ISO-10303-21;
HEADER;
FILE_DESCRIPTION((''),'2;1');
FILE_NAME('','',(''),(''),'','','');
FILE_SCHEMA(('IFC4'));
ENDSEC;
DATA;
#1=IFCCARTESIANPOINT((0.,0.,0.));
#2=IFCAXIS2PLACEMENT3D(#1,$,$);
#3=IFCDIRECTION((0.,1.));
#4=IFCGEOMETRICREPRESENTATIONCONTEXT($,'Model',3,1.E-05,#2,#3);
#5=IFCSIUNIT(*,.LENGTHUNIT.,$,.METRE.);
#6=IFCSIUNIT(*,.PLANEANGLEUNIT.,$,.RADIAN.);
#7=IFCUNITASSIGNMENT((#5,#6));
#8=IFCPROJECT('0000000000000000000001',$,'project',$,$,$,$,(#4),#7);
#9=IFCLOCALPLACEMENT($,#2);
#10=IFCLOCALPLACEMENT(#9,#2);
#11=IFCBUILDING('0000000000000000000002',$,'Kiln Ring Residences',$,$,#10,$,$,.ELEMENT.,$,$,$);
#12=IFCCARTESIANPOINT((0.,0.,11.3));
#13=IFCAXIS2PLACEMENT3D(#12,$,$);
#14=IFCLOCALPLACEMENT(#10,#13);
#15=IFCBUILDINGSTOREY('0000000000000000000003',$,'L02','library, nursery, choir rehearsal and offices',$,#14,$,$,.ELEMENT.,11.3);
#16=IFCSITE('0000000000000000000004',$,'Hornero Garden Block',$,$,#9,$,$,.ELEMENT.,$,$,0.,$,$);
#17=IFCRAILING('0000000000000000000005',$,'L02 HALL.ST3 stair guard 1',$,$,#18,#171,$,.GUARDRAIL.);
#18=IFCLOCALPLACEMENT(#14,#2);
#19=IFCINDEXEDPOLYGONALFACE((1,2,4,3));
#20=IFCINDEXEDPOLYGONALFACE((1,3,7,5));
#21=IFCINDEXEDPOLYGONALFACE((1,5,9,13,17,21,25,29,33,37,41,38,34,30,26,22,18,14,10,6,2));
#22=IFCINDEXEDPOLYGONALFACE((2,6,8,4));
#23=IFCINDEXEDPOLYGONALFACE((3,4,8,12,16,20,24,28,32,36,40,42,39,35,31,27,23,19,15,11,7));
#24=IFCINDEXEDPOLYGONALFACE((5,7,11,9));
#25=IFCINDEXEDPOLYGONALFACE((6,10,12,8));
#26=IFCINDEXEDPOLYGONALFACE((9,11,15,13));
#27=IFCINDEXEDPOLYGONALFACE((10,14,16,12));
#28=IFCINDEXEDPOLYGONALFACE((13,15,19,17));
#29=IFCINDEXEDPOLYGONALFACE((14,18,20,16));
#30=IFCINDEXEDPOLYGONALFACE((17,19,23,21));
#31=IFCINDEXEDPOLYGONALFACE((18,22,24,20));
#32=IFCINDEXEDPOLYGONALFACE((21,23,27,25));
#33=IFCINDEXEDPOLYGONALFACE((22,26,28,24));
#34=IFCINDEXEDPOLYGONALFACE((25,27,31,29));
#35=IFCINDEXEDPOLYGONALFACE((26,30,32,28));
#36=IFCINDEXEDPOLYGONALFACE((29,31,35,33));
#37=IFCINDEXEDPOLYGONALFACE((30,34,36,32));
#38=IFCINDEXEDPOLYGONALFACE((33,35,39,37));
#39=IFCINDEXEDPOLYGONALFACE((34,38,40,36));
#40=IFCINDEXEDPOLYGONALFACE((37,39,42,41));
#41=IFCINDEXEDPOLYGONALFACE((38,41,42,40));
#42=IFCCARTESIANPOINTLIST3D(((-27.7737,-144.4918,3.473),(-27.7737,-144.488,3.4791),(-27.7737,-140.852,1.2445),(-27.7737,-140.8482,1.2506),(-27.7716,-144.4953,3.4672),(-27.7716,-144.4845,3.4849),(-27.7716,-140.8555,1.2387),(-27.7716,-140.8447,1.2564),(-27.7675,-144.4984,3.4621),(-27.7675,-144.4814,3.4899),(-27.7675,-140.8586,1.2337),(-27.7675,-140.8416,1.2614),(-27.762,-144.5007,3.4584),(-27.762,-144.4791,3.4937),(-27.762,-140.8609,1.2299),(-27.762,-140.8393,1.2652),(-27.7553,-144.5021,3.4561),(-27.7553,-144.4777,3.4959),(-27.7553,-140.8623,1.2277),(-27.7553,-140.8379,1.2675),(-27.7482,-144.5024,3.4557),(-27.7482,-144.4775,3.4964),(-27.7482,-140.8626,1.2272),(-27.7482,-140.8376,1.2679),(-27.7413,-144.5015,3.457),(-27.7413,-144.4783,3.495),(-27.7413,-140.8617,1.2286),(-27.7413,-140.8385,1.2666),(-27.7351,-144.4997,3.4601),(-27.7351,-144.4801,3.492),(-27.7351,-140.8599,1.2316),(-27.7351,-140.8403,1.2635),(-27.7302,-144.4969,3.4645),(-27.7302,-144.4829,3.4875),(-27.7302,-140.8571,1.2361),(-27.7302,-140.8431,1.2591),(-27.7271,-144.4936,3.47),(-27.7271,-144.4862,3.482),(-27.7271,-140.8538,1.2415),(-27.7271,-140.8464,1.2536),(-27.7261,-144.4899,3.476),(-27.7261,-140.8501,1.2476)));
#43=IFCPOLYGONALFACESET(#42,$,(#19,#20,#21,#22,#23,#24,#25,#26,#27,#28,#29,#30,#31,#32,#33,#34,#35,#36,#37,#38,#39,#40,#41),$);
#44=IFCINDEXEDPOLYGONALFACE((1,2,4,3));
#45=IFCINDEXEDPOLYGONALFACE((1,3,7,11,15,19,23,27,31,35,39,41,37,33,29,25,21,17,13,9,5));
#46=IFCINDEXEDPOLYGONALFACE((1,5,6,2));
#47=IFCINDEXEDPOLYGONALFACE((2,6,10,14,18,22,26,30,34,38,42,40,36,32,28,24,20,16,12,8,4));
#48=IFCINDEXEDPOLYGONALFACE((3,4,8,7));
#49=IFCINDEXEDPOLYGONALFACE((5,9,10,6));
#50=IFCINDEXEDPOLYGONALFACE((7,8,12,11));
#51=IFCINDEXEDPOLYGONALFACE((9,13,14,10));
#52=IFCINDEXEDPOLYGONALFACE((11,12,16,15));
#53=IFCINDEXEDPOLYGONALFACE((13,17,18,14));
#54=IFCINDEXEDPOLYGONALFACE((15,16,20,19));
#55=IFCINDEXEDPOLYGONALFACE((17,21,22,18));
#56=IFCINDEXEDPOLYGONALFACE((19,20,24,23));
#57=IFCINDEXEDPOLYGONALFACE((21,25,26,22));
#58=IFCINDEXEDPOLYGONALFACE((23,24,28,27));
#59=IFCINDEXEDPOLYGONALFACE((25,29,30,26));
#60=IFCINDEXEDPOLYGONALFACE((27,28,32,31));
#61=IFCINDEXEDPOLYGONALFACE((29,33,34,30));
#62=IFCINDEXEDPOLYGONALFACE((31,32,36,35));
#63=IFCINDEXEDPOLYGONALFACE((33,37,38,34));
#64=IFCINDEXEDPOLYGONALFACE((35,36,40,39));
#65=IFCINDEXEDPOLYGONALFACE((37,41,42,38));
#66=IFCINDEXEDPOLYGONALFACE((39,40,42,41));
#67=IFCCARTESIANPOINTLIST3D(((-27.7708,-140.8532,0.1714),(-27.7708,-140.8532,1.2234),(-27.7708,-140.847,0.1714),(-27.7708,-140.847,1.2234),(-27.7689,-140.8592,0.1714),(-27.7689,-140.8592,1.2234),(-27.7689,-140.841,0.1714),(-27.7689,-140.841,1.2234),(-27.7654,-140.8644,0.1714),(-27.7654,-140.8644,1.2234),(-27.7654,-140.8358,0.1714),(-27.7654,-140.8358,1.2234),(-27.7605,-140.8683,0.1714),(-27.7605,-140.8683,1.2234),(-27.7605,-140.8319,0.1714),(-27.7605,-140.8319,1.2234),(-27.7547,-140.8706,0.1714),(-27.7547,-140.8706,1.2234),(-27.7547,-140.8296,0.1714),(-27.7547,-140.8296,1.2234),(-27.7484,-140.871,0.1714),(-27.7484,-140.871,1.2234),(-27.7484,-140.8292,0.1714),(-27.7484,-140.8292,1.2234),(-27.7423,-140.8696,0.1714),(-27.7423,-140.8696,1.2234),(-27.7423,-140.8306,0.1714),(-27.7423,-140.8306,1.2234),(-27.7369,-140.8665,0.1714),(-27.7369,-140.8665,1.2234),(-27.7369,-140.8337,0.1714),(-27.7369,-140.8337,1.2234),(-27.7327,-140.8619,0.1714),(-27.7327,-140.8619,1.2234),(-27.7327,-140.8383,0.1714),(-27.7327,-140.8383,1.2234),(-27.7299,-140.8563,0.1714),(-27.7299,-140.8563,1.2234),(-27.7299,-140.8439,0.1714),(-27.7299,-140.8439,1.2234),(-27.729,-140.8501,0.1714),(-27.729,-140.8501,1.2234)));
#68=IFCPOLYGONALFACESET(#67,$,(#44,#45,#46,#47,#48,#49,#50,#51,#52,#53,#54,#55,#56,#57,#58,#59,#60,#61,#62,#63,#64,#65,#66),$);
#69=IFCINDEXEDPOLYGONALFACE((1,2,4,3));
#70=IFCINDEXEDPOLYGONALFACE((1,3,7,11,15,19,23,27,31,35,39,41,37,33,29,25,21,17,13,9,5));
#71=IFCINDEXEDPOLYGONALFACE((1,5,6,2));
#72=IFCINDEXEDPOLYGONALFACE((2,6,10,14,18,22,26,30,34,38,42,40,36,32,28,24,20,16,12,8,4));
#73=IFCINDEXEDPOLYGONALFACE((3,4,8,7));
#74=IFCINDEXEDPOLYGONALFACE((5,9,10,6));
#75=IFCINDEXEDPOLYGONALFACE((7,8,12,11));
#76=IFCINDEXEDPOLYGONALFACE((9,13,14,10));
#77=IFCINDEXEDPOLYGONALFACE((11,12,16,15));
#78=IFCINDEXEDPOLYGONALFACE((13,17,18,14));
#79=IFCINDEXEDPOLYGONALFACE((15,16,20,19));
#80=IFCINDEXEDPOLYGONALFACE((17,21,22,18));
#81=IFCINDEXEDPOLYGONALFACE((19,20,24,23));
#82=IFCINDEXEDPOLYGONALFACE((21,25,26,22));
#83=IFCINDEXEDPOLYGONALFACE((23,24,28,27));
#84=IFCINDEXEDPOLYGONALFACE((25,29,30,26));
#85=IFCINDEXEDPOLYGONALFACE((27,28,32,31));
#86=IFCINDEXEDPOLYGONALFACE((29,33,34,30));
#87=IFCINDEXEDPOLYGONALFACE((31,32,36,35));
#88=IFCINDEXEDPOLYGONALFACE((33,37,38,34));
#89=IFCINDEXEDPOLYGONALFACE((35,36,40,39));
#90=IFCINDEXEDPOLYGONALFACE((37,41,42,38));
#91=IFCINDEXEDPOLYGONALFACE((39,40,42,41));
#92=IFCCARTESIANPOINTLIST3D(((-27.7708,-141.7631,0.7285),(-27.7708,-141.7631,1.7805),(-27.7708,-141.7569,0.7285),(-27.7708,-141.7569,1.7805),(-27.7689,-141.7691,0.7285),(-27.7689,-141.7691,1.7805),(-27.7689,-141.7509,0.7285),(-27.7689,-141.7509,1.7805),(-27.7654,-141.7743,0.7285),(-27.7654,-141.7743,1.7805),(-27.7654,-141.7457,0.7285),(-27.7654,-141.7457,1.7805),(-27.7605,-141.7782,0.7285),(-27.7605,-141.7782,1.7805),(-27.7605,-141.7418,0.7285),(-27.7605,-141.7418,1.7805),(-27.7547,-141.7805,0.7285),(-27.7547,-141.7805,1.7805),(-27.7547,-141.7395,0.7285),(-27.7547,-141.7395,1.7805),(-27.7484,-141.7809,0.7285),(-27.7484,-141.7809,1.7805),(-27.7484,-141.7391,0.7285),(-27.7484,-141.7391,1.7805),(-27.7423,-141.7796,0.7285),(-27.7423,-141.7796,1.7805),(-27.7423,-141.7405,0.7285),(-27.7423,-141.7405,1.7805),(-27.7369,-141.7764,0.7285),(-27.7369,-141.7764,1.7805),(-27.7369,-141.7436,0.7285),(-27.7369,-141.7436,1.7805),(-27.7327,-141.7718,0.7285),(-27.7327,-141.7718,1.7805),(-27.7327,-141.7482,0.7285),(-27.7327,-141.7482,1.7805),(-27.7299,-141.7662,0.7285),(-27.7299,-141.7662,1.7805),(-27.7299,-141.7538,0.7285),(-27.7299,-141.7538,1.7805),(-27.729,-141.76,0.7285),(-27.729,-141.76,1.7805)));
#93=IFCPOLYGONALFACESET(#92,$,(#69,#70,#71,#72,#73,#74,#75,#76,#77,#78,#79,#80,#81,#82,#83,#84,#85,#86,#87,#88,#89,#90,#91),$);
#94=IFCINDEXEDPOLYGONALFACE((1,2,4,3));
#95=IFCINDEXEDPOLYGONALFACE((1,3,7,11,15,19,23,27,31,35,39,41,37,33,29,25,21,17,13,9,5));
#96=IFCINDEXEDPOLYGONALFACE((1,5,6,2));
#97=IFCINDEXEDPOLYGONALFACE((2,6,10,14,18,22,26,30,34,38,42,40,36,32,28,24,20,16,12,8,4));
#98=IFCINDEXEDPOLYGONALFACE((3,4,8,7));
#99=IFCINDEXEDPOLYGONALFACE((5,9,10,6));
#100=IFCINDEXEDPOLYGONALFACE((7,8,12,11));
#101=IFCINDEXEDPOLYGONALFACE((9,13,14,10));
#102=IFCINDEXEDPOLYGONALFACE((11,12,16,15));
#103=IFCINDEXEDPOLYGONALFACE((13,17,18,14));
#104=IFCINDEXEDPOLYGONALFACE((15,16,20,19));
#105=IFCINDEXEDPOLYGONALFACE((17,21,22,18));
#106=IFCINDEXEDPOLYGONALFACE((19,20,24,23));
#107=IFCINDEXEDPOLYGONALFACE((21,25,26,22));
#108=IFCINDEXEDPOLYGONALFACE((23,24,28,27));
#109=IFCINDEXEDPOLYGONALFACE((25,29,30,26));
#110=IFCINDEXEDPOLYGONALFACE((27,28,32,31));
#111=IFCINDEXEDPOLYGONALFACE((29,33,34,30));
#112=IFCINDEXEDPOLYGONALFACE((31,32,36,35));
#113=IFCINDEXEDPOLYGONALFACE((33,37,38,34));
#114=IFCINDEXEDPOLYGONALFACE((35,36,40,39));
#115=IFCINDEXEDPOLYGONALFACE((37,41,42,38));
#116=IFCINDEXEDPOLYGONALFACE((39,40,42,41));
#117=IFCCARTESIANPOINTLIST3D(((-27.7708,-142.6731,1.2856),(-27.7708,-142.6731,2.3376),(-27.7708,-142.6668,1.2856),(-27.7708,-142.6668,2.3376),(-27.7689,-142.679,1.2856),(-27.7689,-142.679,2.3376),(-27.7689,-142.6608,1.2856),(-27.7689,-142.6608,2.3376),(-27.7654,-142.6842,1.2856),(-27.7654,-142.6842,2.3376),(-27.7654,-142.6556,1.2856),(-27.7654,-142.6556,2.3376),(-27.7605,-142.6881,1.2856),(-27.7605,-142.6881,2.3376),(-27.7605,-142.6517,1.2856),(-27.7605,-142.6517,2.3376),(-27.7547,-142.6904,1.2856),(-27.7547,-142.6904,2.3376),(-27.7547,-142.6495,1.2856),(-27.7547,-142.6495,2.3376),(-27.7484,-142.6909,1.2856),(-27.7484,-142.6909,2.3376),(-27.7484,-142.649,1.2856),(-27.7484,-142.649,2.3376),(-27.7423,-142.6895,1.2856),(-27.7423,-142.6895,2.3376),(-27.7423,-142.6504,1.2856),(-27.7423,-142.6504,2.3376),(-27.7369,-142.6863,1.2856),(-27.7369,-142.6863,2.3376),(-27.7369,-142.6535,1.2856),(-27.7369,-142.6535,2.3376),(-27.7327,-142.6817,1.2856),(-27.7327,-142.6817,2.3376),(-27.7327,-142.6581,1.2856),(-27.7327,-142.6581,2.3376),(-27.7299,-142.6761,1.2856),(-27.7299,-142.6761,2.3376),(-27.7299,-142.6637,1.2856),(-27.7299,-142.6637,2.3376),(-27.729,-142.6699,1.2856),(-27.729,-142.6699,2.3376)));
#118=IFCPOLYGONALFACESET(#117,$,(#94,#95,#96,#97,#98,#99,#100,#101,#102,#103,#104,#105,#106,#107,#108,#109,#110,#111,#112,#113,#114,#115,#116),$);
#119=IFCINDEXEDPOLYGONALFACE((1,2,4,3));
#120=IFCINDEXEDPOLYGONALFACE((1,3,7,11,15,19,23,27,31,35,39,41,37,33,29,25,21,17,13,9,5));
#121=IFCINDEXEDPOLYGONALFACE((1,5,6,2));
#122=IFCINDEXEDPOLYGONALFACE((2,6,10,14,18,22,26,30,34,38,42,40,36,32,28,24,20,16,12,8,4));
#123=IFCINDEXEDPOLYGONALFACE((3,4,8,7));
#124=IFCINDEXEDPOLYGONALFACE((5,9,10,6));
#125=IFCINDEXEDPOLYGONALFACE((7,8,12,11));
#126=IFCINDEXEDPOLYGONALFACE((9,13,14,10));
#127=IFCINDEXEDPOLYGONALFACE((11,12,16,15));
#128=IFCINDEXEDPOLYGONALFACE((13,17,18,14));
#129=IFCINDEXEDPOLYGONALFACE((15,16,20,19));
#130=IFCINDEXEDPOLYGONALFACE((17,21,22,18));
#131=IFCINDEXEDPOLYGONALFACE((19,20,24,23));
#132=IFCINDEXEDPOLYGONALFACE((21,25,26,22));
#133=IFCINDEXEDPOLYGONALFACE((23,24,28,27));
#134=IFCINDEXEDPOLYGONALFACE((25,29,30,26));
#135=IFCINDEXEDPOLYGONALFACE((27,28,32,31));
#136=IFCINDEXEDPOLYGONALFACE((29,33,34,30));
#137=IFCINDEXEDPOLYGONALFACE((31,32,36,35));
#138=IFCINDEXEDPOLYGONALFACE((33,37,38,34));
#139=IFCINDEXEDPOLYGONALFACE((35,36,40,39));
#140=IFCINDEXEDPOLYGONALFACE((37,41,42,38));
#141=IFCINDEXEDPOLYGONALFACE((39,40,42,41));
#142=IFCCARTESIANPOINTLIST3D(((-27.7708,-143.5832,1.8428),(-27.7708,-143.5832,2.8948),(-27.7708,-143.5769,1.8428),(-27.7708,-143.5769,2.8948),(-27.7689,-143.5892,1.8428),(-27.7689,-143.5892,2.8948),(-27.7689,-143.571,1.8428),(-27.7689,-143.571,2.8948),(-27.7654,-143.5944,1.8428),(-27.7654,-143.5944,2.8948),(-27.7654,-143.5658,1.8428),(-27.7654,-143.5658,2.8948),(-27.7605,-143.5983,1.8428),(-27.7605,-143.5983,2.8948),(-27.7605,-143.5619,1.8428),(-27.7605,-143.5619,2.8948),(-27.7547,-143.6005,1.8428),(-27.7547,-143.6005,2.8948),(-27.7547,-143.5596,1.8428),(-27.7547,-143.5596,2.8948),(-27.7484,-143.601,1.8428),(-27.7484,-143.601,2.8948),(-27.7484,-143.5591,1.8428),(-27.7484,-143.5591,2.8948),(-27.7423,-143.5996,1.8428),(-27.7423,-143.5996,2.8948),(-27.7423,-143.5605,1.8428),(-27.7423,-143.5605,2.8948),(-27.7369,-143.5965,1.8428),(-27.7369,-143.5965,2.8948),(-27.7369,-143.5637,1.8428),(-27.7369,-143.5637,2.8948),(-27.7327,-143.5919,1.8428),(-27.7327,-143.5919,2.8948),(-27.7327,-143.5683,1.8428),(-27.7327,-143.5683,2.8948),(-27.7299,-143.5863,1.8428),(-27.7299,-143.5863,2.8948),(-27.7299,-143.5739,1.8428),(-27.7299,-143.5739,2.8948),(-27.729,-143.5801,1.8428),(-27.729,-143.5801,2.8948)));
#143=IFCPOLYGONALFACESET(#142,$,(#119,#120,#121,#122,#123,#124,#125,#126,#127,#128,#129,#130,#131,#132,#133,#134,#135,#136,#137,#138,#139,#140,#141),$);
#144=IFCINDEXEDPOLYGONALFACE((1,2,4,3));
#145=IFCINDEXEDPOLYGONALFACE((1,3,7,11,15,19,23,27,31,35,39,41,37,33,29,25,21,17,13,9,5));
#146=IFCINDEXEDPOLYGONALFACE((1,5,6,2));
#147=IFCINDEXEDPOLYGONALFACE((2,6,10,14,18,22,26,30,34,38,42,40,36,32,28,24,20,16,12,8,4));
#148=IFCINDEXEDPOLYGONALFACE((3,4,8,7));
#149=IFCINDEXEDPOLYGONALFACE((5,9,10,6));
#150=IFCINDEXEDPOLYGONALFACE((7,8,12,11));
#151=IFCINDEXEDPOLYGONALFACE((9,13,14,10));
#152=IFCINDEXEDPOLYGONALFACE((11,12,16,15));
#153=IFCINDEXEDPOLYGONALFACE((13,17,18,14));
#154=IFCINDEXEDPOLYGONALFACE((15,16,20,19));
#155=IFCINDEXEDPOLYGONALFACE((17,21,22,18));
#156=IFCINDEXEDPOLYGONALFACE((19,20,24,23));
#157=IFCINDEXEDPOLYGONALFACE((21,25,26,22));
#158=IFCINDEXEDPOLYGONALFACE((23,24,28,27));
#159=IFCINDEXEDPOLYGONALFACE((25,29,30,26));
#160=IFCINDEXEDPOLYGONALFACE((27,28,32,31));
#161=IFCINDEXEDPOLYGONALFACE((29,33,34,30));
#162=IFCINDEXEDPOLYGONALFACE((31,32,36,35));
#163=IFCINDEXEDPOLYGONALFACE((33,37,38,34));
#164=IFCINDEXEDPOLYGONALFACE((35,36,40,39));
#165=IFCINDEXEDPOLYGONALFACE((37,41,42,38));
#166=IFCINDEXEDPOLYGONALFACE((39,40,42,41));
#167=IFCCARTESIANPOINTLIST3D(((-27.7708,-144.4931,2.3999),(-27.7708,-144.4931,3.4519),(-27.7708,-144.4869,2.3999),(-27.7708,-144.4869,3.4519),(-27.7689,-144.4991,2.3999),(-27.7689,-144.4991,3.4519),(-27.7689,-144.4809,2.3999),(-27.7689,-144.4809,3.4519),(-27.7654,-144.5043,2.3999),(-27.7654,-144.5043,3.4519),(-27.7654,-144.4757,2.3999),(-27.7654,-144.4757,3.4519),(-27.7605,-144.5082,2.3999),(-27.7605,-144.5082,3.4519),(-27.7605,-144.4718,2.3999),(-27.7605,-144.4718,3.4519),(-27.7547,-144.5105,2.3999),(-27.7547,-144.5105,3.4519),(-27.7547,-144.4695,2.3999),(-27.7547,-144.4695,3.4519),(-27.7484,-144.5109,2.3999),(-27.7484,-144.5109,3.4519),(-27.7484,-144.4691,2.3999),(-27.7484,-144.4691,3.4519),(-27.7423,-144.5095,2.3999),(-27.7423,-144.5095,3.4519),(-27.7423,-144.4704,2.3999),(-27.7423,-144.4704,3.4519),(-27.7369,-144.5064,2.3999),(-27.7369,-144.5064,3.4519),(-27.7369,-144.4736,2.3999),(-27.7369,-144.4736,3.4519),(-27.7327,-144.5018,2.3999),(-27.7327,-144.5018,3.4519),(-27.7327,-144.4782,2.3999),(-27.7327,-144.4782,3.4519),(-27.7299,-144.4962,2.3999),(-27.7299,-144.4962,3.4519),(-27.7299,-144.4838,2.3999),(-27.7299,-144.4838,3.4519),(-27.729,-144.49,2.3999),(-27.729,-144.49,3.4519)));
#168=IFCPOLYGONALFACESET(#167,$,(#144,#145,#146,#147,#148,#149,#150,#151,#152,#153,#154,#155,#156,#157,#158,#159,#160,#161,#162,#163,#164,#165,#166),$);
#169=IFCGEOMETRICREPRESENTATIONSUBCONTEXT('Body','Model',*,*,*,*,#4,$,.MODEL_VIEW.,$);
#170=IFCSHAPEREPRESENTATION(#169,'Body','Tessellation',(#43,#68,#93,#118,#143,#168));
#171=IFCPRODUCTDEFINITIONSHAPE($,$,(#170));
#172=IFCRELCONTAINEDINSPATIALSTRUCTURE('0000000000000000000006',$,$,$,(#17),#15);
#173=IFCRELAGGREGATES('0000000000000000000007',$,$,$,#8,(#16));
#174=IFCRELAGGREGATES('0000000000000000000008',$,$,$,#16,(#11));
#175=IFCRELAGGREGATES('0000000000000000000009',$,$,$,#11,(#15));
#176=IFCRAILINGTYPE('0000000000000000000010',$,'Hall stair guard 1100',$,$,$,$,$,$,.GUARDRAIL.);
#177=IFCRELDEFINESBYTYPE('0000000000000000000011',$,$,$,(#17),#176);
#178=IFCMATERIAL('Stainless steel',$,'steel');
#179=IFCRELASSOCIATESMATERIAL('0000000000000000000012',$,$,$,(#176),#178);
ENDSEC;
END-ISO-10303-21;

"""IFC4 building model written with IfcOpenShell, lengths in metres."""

from ifc_helpers import new_model, si_unit, direction, frame, origin, origin_2d, place, context, subcontext, project, spatial, circle, extrude, material, type_object, element, save


model = new_model("IFC4")

# Units and contexts
model_context = context("Model", 3, precision=1e-05, world=origin(), true_north=direction((0.0, 1.0)))
body_context = subcontext(model_context, "Body", "Model", "MODEL_VIEW")
ifc_project = project(units=[si_unit("LENGTHUNIT", "METRE"), si_unit("PLANEANGLEUNIT", "RADIAN")], contexts=[model_context])

# Site, building, storey
site_placement = place(None, origin())
site = spatial("IfcSite", under=ifc_project, at=site_placement, Name="Hornero Garden Block", CompositionType="ELEMENT", RefElevation=0.0)
building_placement = place(site_placement, origin())
building = spatial("IfcBuilding", under=site, at=building_placement, Name="Kiln Ring Residences", CompositionType="ELEMENT")
storey_placement = place(building_placement, frame((0.0, 0.0, 11.3)))
storey = spatial("IfcBuildingStorey", under=building, at=storey_placement, Name="L02", Description="library, nursery, choir rehearsal and offices", CompositionType="ELEMENT", Elevation=11.3)

# Railing
ifc_material_1 = material(Name="Stainless steel", Category="steel")
railing_type_1 = type_object("IfcRailingType", Name="Hall stair guard 1100", PredefinedType="GUARDRAIL", material=ifc_material_1)
railing_1_placement = place(storey_placement, frame((-27.75, -140.8501, 0.1714)))
element("IfcRailing", 1, at=railing_1_placement, inside=storey, type_object=railing_type_1, Name="L02 HALL.ST3 stair guard 1", PredefinedType="GUARDRAIL", context=body_context, shape_type="SweptSolid", body=[
    extrude(circle(Radius=0.0239, at=origin_2d()), frame((0.0, 0.0, 1.0762), z_axis=(0.0, -0.85285, 0.522156), x_axis=(1.0, 0.0, 0.0)), (0.0, 0.0, 1.0), 4.2678),
    extrude(circle(Radius=0.021, at=origin_2d()), origin(), (0.0, 0.0, 1.0), 1.052),
    extrude(circle(Radius=0.021, at=origin_2d()), frame((0.0, -0.9099, 0.5571)), (0.0, 0.0, 1.0), 1.052),
    extrude(circle(Radius=0.021, at=origin_2d()), frame((0.0, -1.8198, 1.1143)), (0.0, 0.0, 1.0), 1.052),
    extrude(circle(Radius=0.021, at=origin_2d()), frame((0.0, -2.73, 1.6714)), (0.0, 0.0, 1.0), 1.052),
    extrude(circle(Radius=0.021, at=origin_2d()), frame((0.0, -3.6399, 2.2285)), (0.0, 0.0, 1.0), 1.052),
])

save(model, "model.ifc")
